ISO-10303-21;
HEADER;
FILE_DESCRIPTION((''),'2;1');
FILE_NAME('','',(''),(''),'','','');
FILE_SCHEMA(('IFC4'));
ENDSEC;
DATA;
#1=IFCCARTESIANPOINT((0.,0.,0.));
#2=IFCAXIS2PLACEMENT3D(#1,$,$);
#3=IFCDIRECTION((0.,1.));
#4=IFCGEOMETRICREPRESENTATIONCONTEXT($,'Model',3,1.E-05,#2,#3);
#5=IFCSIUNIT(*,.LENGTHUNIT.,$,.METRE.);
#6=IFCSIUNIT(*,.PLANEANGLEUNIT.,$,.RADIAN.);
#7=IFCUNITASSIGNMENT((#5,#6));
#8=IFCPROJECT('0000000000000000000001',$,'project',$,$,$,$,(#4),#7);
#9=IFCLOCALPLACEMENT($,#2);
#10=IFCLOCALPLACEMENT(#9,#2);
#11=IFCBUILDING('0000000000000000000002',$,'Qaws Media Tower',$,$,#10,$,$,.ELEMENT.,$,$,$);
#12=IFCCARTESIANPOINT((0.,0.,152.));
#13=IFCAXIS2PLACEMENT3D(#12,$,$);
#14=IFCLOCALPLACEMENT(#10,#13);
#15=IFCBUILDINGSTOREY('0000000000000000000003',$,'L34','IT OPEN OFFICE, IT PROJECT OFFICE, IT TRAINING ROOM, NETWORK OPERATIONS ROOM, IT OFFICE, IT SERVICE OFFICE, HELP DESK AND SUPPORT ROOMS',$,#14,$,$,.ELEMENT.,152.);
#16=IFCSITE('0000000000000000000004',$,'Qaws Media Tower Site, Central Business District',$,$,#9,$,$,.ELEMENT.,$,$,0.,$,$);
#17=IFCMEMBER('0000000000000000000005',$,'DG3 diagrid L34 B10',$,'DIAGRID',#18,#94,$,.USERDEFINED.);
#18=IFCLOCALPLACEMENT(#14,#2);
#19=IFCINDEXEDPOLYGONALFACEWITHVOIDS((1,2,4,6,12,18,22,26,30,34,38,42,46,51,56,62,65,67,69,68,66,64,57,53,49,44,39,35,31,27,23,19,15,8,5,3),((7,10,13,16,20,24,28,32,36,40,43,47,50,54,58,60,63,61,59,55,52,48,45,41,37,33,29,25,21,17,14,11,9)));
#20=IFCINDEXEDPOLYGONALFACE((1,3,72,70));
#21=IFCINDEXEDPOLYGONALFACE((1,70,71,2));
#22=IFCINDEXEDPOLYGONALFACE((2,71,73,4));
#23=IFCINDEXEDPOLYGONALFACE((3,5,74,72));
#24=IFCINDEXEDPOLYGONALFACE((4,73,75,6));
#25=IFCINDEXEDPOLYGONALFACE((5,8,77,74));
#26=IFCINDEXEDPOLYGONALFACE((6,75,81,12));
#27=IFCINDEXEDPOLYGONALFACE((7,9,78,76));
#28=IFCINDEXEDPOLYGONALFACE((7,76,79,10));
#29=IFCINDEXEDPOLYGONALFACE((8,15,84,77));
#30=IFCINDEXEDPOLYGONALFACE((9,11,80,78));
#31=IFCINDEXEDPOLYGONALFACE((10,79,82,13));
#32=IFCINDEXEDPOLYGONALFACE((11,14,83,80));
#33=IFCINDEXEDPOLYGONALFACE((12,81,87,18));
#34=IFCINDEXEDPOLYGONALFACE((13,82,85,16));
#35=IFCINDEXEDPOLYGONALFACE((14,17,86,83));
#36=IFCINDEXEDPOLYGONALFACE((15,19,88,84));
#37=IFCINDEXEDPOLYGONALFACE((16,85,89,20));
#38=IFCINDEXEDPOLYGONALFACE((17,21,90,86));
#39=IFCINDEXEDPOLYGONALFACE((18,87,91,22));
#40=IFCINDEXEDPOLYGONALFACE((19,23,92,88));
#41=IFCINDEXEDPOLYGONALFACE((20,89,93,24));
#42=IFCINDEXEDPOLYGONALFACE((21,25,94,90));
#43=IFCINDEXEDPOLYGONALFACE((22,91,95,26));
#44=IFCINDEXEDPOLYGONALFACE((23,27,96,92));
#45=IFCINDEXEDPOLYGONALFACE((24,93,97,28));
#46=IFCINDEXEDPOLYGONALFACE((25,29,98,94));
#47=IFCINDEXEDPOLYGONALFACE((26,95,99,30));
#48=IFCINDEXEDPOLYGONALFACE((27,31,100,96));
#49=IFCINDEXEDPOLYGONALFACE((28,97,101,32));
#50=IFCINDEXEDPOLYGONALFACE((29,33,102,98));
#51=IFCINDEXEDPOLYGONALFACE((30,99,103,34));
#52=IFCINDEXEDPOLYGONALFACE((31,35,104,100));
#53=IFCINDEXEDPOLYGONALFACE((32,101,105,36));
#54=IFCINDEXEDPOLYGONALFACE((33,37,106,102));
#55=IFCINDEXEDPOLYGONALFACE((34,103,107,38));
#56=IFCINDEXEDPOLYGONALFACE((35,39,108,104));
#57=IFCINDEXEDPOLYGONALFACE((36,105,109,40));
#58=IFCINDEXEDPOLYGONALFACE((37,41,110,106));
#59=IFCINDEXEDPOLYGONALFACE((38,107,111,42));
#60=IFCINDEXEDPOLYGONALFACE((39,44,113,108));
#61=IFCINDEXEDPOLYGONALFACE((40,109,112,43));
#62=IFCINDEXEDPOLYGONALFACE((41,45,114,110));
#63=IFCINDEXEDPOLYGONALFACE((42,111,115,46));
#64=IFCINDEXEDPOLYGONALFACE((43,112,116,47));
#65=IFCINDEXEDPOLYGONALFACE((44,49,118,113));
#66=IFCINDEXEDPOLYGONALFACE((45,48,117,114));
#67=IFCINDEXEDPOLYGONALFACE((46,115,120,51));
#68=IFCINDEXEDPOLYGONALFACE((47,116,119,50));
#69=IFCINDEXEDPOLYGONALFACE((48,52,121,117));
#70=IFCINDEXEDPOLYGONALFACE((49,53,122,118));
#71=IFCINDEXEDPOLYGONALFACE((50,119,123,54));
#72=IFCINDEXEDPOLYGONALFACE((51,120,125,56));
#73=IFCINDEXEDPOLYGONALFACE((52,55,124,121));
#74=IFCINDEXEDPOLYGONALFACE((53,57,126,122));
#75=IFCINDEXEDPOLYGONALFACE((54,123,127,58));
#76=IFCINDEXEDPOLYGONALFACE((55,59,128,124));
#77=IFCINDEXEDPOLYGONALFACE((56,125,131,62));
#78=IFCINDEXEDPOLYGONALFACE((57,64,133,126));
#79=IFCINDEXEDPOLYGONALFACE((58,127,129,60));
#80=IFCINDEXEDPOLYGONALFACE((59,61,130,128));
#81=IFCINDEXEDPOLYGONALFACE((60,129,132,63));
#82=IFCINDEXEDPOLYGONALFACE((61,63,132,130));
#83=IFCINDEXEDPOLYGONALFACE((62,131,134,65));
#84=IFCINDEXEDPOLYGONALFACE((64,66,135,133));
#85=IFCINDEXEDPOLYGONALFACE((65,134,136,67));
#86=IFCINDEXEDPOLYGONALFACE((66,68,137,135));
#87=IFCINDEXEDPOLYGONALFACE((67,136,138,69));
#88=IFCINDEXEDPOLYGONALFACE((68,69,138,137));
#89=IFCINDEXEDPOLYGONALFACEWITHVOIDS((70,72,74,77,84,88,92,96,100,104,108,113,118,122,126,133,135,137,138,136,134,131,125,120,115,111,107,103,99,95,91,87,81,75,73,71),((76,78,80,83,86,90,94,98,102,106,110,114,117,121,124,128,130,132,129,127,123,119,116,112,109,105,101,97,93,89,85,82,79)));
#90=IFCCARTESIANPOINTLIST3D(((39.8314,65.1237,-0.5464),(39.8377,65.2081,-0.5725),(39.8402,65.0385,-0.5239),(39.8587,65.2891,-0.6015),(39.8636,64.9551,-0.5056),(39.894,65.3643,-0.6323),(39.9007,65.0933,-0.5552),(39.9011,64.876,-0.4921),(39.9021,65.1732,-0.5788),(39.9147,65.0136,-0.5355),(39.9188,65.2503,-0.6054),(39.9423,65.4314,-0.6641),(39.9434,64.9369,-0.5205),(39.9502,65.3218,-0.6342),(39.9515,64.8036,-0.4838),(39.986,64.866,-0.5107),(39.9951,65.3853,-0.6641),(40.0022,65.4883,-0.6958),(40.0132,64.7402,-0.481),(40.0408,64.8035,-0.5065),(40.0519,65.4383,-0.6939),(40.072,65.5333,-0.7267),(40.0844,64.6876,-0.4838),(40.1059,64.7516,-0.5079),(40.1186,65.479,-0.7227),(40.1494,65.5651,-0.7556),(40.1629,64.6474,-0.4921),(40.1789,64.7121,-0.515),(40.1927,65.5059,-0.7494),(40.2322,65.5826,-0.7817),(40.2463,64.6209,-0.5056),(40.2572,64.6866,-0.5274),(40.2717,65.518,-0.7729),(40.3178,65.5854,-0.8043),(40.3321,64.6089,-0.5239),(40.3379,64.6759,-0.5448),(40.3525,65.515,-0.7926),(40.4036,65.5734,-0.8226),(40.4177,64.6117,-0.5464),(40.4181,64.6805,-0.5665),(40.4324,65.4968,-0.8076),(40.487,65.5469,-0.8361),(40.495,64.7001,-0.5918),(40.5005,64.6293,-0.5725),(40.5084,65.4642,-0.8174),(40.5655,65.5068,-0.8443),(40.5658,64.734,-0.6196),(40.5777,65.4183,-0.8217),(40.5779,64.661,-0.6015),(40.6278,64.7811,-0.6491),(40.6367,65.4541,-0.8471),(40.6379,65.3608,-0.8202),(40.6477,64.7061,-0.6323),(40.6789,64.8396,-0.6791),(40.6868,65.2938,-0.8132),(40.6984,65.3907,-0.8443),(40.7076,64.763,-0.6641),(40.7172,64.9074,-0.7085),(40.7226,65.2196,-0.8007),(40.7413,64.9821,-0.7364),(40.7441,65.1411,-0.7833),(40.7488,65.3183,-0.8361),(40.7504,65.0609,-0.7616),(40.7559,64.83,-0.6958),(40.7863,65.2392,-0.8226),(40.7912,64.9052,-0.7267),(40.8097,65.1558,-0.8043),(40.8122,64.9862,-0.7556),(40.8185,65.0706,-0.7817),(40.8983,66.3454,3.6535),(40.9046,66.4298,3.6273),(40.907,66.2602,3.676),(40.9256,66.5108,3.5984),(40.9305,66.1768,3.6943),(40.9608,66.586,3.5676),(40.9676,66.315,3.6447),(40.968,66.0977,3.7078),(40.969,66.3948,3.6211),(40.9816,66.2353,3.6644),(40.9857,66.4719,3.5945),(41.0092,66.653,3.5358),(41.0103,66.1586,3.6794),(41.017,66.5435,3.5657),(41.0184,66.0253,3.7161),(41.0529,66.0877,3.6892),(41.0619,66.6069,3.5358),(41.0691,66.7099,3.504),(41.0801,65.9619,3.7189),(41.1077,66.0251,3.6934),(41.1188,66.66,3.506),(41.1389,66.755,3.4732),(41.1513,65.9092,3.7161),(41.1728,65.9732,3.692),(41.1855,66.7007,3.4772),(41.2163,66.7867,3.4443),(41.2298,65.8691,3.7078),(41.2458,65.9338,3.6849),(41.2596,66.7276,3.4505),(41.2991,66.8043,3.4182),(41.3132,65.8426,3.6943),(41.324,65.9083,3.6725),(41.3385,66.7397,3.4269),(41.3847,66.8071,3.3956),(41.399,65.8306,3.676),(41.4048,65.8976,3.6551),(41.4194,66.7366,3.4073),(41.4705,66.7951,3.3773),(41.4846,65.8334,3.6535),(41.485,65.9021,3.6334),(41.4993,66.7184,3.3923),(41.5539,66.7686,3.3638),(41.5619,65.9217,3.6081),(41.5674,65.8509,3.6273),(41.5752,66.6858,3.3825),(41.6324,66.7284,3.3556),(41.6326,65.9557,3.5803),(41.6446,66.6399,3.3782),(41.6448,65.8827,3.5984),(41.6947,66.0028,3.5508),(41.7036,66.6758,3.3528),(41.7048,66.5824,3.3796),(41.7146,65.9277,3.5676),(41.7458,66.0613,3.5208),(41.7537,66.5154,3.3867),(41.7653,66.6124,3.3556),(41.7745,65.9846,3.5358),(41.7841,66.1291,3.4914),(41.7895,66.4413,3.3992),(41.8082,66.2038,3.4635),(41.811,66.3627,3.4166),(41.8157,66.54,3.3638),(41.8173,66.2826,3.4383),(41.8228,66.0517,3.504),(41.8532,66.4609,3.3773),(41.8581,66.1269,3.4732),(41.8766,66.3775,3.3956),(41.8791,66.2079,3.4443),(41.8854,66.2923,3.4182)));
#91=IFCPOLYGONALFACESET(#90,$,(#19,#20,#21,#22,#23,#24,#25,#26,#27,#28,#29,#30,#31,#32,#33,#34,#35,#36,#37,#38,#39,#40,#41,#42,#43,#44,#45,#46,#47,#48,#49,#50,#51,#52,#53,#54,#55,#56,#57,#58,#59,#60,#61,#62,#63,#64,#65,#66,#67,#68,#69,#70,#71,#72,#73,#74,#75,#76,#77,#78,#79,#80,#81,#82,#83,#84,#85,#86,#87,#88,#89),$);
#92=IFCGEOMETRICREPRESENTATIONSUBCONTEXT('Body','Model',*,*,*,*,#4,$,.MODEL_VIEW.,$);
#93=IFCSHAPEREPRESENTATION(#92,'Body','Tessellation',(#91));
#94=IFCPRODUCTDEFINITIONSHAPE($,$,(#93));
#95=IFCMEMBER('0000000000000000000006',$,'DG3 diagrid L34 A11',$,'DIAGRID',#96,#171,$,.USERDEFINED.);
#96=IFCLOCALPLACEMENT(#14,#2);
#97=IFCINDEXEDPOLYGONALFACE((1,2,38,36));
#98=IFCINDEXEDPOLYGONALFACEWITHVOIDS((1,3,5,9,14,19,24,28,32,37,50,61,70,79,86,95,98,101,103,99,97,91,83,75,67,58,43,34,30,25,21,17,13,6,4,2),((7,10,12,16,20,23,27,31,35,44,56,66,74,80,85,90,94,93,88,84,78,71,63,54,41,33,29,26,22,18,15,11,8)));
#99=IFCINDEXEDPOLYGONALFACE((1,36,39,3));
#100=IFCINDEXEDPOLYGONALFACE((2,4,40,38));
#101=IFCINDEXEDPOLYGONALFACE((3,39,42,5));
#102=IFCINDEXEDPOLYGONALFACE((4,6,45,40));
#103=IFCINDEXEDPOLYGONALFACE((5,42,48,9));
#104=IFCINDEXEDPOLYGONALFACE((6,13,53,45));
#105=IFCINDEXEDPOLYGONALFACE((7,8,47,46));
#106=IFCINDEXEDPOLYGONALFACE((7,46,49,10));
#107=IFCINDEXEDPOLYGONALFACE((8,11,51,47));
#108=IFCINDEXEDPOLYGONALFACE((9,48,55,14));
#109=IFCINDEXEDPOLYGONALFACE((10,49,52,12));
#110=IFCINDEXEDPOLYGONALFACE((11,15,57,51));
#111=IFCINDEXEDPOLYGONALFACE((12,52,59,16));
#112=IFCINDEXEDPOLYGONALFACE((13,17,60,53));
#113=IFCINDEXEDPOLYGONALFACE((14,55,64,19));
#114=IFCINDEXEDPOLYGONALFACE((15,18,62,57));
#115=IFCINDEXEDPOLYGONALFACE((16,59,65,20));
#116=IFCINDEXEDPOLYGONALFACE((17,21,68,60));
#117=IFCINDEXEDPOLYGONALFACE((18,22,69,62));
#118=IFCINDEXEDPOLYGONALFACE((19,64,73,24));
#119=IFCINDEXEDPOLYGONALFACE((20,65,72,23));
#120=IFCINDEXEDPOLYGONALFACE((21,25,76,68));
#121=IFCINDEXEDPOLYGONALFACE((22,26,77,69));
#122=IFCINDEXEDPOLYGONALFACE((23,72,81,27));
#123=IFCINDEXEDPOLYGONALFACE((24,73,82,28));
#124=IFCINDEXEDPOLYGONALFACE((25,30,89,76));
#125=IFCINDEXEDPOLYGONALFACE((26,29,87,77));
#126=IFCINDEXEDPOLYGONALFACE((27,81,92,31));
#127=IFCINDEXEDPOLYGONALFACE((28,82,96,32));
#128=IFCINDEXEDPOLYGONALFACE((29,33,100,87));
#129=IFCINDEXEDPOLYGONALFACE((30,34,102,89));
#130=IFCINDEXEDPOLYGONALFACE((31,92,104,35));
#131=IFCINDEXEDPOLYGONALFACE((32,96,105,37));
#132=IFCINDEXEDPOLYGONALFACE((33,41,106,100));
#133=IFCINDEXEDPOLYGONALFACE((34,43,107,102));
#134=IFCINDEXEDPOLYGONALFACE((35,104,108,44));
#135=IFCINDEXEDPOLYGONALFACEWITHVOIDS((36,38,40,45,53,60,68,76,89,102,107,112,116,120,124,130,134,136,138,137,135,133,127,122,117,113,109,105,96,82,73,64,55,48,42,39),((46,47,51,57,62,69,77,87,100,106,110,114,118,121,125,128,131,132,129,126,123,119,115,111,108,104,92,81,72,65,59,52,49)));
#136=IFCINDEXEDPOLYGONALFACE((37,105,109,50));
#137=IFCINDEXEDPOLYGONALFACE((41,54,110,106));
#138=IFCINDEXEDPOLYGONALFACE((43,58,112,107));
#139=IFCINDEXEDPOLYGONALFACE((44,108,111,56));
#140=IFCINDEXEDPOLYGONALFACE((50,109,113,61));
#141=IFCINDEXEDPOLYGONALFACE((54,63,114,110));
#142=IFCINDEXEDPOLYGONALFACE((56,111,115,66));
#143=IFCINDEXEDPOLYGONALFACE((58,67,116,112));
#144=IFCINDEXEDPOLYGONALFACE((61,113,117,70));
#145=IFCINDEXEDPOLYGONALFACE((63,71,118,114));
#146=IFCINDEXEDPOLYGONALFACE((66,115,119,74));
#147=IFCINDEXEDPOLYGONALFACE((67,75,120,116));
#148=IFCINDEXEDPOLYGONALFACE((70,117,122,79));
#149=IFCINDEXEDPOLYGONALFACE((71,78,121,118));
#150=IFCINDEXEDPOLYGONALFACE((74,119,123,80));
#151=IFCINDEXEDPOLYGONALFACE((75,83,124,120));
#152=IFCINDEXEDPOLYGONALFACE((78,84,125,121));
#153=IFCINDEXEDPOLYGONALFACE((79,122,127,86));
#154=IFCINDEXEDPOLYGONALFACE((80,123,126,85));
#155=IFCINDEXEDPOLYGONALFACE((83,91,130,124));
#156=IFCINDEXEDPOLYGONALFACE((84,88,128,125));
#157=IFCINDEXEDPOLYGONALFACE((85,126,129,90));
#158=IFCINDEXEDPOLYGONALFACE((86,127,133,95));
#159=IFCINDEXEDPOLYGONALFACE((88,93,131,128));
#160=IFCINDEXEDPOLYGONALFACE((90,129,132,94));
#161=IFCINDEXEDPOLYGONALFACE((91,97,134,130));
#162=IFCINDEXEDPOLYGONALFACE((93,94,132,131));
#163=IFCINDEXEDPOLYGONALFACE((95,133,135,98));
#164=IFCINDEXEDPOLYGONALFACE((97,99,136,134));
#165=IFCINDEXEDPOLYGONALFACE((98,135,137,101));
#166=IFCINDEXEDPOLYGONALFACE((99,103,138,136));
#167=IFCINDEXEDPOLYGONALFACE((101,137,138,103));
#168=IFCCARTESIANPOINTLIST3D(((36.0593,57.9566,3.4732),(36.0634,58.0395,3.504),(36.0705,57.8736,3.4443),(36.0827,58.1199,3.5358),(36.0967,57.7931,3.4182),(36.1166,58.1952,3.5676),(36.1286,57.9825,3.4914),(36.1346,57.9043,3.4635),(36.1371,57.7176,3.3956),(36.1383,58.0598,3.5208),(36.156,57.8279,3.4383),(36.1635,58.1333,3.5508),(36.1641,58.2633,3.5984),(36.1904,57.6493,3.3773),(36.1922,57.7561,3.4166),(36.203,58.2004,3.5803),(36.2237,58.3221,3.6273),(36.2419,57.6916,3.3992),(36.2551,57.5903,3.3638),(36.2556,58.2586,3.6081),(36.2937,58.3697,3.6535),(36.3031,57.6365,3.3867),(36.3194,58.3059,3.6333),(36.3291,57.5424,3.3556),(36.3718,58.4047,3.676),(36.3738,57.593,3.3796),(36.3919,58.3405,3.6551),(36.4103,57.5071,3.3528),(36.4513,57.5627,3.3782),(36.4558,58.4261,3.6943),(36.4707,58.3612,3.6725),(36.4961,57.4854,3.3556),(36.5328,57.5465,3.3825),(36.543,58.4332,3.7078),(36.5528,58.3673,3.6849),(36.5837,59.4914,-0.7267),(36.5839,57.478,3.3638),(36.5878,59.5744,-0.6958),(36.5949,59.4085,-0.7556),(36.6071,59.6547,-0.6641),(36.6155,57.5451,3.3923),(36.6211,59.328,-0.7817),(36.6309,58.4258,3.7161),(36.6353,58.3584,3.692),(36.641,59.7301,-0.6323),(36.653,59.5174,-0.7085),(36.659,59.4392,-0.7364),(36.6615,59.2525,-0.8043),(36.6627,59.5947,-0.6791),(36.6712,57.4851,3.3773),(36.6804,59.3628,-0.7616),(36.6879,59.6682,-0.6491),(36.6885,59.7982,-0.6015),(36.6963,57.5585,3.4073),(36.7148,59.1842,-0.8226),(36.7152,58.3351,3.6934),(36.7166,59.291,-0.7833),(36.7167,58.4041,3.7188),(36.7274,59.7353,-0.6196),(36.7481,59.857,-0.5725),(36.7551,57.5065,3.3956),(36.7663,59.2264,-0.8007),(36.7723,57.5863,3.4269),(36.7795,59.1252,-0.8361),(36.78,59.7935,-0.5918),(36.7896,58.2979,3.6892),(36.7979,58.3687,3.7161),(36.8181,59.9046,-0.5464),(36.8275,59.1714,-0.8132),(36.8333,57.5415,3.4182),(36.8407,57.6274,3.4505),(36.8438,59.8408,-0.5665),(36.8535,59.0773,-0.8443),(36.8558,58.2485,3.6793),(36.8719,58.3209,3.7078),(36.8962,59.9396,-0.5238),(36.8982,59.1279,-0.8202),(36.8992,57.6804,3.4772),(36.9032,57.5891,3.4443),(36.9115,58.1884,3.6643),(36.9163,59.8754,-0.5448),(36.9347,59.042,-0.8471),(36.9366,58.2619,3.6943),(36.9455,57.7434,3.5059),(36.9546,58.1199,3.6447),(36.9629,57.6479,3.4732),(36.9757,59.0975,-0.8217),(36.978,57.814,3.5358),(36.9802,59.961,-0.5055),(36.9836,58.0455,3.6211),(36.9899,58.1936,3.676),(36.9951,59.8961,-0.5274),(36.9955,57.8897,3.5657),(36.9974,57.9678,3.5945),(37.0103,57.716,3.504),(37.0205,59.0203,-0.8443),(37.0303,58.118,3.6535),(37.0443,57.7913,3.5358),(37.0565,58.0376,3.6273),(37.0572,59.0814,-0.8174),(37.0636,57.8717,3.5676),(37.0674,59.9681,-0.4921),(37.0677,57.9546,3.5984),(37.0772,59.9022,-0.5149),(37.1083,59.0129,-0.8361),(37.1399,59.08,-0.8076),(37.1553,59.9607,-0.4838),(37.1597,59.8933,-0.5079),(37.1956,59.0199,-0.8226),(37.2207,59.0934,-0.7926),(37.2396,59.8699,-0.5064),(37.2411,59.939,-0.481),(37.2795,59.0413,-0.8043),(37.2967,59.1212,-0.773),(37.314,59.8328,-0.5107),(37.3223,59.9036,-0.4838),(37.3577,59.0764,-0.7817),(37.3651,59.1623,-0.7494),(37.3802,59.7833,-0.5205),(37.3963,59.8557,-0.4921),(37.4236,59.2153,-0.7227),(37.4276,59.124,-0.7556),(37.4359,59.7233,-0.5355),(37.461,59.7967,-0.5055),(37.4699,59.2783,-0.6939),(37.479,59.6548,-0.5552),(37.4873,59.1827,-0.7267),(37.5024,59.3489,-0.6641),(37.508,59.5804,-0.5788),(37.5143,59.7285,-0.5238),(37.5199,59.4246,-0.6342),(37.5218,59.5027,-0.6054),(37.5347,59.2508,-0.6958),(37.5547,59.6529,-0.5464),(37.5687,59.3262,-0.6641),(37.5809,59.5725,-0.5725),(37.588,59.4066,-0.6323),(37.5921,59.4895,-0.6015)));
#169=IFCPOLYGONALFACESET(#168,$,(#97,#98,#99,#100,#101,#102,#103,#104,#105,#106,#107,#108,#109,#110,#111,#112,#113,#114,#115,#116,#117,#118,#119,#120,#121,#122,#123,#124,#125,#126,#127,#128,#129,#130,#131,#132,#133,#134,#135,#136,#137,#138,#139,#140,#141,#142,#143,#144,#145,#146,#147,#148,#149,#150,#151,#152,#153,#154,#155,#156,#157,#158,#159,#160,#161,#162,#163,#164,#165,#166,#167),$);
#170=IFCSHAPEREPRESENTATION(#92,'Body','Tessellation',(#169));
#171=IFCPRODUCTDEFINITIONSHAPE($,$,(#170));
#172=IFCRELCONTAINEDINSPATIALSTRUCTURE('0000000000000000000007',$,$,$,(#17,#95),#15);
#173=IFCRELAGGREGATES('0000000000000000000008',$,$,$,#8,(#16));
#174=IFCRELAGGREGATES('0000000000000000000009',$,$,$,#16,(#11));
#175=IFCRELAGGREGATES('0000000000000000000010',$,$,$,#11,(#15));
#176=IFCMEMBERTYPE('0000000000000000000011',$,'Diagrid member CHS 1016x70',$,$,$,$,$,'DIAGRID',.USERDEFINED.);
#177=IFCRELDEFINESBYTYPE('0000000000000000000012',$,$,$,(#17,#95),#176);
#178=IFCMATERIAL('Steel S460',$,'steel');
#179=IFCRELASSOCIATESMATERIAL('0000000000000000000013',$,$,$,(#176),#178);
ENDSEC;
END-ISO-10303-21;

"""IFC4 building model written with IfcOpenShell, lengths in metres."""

from ifc_helpers import new_model, si_unit, direction, frame, origin, origin_2d, place, context, subcontext, project, spatial, hollow_circle, extrude, material, material_profile, profile_set, type_object, element, save


model = new_model("IFC4")

# Units and contexts
model_context = context("Model", 3, precision=1e-05, world=origin(), true_north=direction((0.0, 1.0)))
body_context = subcontext(model_context, "Body", "Model", "MODEL_VIEW")
ifc_project = project(units=[si_unit("LENGTHUNIT", "METRE"), si_unit("PLANEANGLEUNIT", "RADIAN")], contexts=[model_context])

# Site, building, storey
site_placement = place(None, origin())
site = spatial("IfcSite", under=ifc_project, at=site_placement, Name="Qaws Media Tower Site, Central Business District", CompositionType="ELEMENT", RefElevation=0.0)
building_placement = place(site_placement, origin())
building = spatial("IfcBuilding", under=site, at=building_placement, Name="Qaws Media Tower", CompositionType="ELEMENT")
storey_placement = place(building_placement, frame((0.0, 0.0, 152.0)))
storey = spatial("IfcBuildingStorey", under=building, at=storey_placement, Name="L34", Description="IT OPEN OFFICE, IT PROJECT OFFICE, IT TRAINING ROOM, NETWORK OPERATIONS ROOM, IT OFFICE, IT SERVICE OFFICE, HELP DESK AND SUPPORT ROOMS", CompositionType="ELEMENT", Elevation=152.0)

# Members
ifc_material_1 = material(Name="Steel S460", Category="steel")
ifc_material_profile_1 = material_profile(ifc_material_1, hollow_circle(Radius=0.5081, WallThickness=0.0701, at=origin_2d()), Name="CHS 1016x70")
ifc_profile_set_1 = profile_set([ifc_material_profile_1], Name="Steel S460")
member_type_1 = type_object("IfcMemberType", Name="Diagrid member CHS 1016x70", ElementType="DIAGRID", PredefinedType="USERDEFINED", material=ifc_profile_set_1)
for number, where, z_axis, x_axis, name in (
    (1, (40.325, 65.0972, -0.6641), (0.236969, 0.271348, 0.932854), (-0.75321, 0.65778, 0.0), "DG3 diagrid L34 B10"),
    (2, (37.0879, 59.4905, -0.6641), (-0.116477, -0.340919, 0.932849), (0.946294, -0.323308, 0.0), "DG3 diagrid L34 A11"),
):
    element("IfcMember", number, at=place(storey_placement, frame(where, z_axis=z_axis, x_axis=x_axis)), inside=storey, type_object=member_type_1, Name=name, ObjectType="DIAGRID", PredefinedType="USERDEFINED", context=body_context, shape_type="SweptSolid", body=[
        extrude(hollow_circle(Radius=0.5081, WallThickness=0.0701, at=origin_2d()), origin(), (0.0, 0.0, 1.0), 4.5022),
    ])

save(model, "model.ifc")
